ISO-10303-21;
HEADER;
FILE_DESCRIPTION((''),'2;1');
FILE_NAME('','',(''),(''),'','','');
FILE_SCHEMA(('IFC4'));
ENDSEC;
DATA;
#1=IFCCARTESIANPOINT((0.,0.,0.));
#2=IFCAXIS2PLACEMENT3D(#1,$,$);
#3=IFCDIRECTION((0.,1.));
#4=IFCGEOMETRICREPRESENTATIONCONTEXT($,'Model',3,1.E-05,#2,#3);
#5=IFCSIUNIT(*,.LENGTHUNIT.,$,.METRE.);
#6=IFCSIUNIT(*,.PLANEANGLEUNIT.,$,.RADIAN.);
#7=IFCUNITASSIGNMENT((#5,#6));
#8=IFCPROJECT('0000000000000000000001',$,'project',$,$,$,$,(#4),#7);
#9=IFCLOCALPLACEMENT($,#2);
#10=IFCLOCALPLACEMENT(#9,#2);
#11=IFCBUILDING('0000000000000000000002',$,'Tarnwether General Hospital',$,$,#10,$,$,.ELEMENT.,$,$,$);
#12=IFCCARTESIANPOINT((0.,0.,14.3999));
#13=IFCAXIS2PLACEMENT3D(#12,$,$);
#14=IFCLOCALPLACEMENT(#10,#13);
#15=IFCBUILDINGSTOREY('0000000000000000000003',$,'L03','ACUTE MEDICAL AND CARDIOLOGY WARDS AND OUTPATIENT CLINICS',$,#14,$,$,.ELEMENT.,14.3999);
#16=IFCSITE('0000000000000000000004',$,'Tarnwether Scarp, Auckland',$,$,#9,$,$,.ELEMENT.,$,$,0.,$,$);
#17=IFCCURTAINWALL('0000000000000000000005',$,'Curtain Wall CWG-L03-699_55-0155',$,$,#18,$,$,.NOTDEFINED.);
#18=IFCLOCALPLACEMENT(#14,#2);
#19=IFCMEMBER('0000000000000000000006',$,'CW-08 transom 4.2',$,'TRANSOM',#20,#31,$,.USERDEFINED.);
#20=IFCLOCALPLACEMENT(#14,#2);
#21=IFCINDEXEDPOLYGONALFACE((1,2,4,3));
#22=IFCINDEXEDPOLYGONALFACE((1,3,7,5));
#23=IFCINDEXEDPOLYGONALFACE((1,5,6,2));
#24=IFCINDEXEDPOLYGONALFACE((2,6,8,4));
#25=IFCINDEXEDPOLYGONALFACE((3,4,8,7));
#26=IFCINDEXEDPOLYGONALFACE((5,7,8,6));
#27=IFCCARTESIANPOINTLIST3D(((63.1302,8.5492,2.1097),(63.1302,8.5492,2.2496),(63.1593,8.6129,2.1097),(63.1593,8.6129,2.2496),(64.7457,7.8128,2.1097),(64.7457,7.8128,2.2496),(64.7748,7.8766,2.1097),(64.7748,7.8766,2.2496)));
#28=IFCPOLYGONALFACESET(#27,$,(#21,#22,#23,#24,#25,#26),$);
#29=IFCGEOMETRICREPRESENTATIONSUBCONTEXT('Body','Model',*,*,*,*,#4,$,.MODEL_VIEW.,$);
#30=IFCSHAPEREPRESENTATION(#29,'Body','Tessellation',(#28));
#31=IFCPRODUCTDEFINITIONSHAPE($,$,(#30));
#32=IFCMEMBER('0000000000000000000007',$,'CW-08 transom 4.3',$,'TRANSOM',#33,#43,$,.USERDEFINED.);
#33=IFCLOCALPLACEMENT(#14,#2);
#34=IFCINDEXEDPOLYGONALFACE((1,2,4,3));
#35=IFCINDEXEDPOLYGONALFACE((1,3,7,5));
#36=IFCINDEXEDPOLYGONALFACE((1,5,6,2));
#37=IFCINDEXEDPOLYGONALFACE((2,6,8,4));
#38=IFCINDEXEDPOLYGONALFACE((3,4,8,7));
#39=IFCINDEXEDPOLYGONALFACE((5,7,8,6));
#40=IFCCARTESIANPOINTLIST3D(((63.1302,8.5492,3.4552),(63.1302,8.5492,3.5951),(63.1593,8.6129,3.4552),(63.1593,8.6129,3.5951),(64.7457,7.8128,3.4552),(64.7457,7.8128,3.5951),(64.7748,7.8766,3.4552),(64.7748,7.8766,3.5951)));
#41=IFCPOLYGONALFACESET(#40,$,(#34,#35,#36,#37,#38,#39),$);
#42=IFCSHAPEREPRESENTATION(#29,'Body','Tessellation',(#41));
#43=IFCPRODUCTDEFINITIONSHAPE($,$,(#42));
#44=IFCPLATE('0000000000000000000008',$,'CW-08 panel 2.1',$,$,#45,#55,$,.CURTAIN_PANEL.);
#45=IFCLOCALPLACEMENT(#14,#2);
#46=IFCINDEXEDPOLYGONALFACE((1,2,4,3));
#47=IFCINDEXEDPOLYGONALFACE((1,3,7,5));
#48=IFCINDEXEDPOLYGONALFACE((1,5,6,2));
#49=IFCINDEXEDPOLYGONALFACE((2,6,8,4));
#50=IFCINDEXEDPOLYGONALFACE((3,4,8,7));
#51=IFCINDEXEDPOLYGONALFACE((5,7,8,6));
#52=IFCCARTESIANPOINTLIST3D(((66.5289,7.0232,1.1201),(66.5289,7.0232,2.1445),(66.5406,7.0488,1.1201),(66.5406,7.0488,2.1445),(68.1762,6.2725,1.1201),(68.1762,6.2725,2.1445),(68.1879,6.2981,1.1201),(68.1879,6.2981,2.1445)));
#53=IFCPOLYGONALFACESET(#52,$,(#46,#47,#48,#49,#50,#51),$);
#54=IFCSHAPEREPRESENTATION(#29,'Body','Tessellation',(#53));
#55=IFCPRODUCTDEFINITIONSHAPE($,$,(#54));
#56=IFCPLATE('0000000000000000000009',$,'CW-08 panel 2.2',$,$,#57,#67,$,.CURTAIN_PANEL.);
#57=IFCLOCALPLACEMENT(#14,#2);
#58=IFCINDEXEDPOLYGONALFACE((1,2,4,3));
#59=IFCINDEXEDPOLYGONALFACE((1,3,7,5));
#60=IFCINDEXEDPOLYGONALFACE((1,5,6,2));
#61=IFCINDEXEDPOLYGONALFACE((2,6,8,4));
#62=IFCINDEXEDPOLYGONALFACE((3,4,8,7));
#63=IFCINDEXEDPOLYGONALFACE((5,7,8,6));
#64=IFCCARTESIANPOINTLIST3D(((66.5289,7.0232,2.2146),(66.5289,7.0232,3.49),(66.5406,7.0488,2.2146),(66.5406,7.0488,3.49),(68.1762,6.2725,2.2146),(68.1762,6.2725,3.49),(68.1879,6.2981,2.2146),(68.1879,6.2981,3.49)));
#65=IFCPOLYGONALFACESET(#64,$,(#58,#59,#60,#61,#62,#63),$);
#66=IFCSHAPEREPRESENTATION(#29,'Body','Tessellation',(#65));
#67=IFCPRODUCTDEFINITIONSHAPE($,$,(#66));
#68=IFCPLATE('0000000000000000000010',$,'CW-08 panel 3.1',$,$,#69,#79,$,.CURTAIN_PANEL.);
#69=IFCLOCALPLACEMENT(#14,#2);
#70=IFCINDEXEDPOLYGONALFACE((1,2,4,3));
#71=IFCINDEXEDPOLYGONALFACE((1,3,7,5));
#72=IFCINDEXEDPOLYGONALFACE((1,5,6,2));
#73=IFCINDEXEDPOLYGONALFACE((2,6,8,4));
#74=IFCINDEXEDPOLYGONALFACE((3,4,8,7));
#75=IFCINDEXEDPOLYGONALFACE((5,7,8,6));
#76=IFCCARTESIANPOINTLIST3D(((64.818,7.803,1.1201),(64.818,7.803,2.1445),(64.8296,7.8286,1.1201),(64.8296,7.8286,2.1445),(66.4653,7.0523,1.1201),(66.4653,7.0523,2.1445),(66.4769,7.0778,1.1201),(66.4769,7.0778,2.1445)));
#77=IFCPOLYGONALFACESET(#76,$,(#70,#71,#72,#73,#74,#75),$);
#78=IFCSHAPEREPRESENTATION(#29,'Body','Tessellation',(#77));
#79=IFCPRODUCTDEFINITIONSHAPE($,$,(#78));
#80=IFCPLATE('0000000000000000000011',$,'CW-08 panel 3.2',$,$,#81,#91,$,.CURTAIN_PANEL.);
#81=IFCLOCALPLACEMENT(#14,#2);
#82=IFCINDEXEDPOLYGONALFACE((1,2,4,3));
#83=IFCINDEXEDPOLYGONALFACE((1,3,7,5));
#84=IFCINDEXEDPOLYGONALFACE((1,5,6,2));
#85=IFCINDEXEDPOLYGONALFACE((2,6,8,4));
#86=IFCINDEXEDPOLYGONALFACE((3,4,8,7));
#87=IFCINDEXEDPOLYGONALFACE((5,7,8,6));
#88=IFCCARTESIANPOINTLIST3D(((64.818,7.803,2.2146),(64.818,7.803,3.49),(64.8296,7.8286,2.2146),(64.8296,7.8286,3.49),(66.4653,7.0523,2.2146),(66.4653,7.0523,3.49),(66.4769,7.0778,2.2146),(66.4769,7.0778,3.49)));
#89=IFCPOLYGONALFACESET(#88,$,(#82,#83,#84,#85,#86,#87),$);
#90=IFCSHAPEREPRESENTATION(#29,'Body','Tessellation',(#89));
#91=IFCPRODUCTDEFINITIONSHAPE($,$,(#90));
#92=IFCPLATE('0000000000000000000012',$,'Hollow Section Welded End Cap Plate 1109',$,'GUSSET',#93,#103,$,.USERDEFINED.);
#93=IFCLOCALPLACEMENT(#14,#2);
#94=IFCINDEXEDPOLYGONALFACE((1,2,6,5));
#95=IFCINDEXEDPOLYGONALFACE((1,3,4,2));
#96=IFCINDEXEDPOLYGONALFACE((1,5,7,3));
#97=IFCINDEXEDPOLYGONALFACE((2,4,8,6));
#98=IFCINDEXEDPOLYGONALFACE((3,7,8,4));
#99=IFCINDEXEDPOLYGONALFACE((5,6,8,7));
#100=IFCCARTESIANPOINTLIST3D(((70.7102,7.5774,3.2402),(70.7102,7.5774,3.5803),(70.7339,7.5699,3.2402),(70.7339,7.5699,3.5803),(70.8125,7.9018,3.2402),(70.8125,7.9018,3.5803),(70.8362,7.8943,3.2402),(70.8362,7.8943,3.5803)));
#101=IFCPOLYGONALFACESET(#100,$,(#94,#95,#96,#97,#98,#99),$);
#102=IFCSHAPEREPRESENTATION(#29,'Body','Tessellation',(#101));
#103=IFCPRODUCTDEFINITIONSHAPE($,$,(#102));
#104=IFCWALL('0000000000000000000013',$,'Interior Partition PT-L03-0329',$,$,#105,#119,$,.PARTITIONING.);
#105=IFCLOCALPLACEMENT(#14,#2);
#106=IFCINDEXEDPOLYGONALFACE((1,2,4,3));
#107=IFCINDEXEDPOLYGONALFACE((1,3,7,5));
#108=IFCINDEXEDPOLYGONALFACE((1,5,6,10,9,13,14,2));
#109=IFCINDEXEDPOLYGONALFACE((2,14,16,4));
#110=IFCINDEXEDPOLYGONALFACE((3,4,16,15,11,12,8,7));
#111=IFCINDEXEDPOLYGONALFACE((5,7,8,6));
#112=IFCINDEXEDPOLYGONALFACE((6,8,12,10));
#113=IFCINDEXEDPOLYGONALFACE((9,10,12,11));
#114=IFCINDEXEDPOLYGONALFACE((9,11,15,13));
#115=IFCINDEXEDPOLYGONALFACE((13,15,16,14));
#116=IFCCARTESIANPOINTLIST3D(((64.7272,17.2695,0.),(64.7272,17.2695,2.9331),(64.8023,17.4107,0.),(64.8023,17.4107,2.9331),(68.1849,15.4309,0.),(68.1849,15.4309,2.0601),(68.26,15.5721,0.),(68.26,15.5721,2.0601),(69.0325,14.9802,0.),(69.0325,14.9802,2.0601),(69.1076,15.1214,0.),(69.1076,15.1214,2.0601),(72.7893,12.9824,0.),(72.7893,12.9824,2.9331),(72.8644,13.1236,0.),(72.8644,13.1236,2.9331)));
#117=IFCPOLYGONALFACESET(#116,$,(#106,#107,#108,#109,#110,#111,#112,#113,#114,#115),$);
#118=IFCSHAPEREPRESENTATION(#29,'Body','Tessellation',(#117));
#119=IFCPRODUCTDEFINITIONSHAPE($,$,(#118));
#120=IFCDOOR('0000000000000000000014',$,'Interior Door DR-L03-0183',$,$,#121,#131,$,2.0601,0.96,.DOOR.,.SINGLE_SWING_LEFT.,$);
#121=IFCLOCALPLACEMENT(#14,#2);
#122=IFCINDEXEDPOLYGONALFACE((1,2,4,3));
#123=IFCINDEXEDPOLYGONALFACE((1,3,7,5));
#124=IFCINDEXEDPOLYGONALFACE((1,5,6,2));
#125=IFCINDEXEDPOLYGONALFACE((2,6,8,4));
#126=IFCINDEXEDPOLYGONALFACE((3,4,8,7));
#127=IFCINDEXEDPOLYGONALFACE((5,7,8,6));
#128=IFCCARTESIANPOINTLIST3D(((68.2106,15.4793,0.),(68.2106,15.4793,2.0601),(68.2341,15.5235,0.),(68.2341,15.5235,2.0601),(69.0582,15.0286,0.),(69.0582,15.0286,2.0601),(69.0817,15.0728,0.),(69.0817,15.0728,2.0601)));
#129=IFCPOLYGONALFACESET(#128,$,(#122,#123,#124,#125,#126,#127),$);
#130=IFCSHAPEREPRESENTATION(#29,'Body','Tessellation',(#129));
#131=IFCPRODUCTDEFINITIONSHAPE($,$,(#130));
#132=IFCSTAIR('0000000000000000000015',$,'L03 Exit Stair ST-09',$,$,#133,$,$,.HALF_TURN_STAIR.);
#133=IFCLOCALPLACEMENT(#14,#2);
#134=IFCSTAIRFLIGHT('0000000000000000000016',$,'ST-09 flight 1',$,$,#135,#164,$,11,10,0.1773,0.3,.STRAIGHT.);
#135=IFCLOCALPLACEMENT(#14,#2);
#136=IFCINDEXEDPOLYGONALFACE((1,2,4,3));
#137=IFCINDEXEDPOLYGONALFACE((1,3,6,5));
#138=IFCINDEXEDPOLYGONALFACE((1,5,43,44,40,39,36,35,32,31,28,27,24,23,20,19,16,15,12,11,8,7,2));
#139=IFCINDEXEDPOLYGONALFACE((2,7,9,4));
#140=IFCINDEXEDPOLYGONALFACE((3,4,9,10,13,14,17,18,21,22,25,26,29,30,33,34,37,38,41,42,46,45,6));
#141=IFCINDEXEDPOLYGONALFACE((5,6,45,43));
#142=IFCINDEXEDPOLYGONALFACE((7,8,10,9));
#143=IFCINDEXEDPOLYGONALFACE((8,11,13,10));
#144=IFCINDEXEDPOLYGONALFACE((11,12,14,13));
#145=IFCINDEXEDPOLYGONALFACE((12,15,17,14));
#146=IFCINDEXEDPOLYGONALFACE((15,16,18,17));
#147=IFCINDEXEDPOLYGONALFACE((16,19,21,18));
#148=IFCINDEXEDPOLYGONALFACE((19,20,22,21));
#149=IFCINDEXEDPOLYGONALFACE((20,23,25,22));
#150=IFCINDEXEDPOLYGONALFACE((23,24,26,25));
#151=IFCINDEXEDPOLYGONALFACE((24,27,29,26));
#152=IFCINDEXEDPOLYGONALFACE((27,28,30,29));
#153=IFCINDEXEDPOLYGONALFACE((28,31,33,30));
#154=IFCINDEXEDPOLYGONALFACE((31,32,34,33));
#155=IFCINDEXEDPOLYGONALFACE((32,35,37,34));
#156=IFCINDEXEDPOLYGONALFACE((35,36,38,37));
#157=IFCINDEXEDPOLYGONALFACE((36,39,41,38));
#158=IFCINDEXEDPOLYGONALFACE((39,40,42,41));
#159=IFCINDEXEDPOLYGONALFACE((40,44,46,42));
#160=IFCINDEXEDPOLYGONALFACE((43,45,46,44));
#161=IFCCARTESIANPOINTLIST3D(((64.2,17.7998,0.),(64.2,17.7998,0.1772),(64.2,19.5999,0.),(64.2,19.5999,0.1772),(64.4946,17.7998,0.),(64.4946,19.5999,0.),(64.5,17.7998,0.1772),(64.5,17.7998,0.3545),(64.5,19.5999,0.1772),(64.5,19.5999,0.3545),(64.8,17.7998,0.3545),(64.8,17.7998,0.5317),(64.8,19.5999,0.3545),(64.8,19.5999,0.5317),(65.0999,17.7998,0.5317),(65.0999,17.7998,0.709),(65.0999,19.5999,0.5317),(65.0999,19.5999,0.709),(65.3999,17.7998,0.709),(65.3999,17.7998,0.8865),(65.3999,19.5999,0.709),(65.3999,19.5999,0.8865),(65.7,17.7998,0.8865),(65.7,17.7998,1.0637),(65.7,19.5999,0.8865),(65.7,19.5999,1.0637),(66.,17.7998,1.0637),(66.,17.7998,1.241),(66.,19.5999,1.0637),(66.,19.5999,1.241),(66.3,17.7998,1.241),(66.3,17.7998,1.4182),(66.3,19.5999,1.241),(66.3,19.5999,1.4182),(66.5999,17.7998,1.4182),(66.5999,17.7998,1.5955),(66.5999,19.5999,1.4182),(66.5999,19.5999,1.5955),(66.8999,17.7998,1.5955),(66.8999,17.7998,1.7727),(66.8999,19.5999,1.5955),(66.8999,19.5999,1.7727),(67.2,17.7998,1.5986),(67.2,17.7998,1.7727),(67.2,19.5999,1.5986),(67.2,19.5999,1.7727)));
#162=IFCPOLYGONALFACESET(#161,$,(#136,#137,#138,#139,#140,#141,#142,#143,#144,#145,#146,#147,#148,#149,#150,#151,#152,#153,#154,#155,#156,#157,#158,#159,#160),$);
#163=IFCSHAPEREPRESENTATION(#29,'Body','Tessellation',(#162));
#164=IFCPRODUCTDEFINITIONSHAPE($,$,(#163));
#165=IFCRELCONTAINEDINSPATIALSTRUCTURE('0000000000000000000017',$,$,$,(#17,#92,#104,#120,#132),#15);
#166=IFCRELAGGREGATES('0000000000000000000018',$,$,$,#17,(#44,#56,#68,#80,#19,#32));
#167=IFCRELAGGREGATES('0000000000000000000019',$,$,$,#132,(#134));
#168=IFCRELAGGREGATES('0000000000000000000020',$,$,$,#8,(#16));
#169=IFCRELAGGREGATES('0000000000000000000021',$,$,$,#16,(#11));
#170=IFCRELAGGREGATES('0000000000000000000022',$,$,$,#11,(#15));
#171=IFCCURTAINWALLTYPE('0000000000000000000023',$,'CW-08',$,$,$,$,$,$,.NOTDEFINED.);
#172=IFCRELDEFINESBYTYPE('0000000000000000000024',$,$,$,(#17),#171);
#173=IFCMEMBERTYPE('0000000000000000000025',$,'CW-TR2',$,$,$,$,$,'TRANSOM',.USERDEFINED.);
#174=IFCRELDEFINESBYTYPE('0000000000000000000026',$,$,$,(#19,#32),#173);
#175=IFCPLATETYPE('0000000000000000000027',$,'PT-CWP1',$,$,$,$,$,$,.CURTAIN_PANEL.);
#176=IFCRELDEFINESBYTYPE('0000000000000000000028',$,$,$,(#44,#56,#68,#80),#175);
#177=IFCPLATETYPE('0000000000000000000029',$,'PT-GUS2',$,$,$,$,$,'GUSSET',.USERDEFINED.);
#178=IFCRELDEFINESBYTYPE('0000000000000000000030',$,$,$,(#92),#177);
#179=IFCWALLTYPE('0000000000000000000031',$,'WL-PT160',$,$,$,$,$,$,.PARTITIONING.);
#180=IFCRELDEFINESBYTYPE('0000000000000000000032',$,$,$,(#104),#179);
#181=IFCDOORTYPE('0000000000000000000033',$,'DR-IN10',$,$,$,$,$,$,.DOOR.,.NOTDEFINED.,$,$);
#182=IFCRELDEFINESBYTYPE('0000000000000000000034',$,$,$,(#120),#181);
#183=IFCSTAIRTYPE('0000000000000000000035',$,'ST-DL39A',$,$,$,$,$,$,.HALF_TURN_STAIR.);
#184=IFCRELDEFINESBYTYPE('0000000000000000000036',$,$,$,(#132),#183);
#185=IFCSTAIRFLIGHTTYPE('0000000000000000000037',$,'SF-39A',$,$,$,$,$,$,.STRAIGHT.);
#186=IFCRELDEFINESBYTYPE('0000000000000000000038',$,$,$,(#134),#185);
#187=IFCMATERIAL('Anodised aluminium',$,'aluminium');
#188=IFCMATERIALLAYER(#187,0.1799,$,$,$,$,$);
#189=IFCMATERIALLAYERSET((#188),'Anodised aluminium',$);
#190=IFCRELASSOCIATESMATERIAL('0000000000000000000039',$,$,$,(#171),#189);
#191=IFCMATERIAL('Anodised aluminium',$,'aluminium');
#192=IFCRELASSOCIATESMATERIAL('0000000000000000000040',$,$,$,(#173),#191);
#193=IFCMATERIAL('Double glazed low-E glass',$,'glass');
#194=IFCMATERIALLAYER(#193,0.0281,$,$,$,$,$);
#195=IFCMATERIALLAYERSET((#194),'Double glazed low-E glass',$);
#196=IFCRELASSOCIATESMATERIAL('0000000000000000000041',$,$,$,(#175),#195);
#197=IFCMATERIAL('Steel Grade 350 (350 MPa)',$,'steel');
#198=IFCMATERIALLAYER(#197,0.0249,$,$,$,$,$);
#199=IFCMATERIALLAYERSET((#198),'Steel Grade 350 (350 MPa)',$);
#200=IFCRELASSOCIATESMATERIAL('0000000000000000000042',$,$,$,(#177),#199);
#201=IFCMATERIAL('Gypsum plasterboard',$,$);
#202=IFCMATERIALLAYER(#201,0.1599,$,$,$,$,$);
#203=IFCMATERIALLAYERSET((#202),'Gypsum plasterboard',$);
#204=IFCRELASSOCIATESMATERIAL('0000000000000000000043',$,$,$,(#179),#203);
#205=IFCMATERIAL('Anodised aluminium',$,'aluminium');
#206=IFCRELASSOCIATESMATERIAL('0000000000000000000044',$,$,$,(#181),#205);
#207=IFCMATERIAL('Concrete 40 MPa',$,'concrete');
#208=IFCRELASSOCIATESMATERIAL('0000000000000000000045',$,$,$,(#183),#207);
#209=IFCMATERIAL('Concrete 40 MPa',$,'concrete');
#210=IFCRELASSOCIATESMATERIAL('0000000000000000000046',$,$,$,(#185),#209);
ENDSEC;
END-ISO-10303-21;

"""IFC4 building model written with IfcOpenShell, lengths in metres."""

from ifc_helpers import new_model, si_unit, direction, frame, frame_2d, origin, origin_2d, place, context, subcontext, project, spatial, polyline, rectangle, outline, extrude, material, layer, layer_set, material_profile, profile_set, type_object, element, fill, aggregate, save


model = new_model("IFC4")

# Units and contexts
model_context = context("Model", 3, precision=1e-05, world=origin(), true_north=direction((0.0, 1.0)))
body_context = subcontext(model_context, "Body", "Model", "MODEL_VIEW")
ifc_project = project(units=[si_unit("LENGTHUNIT", "METRE"), si_unit("PLANEANGLEUNIT", "RADIAN")], contexts=[model_context])

# Site, building, storey
site_placement = place(None, origin())
site = spatial("IfcSite", under=ifc_project, at=site_placement, Name="Tarnwether Scarp, Auckland", CompositionType="ELEMENT", RefElevation=0.0)
building_placement = place(site_placement, origin())
building = spatial("IfcBuilding", under=site, at=building_placement, Name="Tarnwether General Hospital", CompositionType="ELEMENT")
storey_placement = place(building_placement, frame((0.0, 0.0, 14.3999)))
storey = spatial("IfcBuildingStorey", under=building, at=storey_placement, Name="L03", Description="ACUTE MEDICAL AND CARDIOLOGY WARDS AND OUTPATIENT CLINICS", CompositionType="ELEMENT", Elevation=14.3999)

# Curtain wall, members, plates
ifc_material_1 = material(Name="Anodised aluminium", Category="aluminium")
ifc_layer_1 = layer(ifc_material_1, 0.1799)
ifc_layer_set_1 = layer_set([ifc_layer_1], Name="Anodised aluminium")
curtain_wall_type = type_object("IfcCurtainWallType", Name="CW-08", PredefinedType="NOTDEFINED", material=ifc_layer_set_1)
curtain_wall_placement = place(storey_placement, origin())
curtain_wall = element("IfcCurtainWall", 1, at=curtain_wall_placement, inside=storey, type_object=curtain_wall_type, Name="Curtain Wall CWG-L03-699_55-0155", PredefinedType="NOTDEFINED")
ifc_material_2 = material(Name="Anodised aluminium", Category="aluminium")
ifc_material_profile_1 = material_profile(ifc_material_2, rectangle(XDim=0.0701, YDim=0.1399, at=origin_2d()), Name="ALU-TRN-70x140")
ifc_profile_set_1 = profile_set([ifc_material_profile_1], Name="Anodised aluminium")
member_type_1 = type_object("IfcMemberType", Name="CW-TR2", ElementType="TRANSOM", PredefinedType="USERDEFINED", material=ifc_profile_set_1)
member_1_placement = place(storey_placement, frame((64.7603, 7.8447, 2.1797), z_axis=(-0.909937, 0.414746, 0.0), x_axis=(-0.414746, -0.909937, 0.0)))
member_1 = element("IfcMember", 2, at=member_1_placement, type_object=member_type_1, Name="CW-08 transom 4.2", ObjectType="TRANSOM", PredefinedType="USERDEFINED", context=body_context, shape_type="SweptSolid", body=[
    extrude(rectangle(XDim=0.0701, YDim=0.1399, at=origin_2d()), origin(), (0.0, 0.0, 1.0), 1.7754),
])
member_2_placement = place(storey_placement, frame((64.7603, 7.8447, 3.5251), z_axis=(-0.909937, 0.414746, 0.0), x_axis=(-0.414746, -0.909937, 0.0)))
member_2 = element("IfcMember", 3, at=member_2_placement, type_object=member_type_1, Name="CW-08 transom 4.3", ObjectType="TRANSOM", PredefinedType="USERDEFINED", context=body_context, shape_type="SweptSolid", body=[
    extrude(rectangle(XDim=0.0701, YDim=0.1399, at=origin_2d()), origin(), (0.0, 0.0, 1.0), 1.7754),
])
ifc_material_3 = material(Name="Double glazed low-E glass", Category="glass")
ifc_layer_2 = layer(ifc_material_3, 0.0281)
ifc_layer_set_2 = layer_set([ifc_layer_2], Name="Double glazed low-E glass")
plate_type_1 = type_object("IfcPlateType", Name="PT-CWP1", PredefinedType="CURTAIN_PANEL", material=ifc_layer_set_2)
plate_1_placement = place(storey_placement, frame((67.3584, 6.6606, 1.1201), z_axis=(0.0, 0.0, 1.0), x_axis=(-0.909961, 0.414694, 0.0)))
plate_1 = element("IfcPlate", 4, at=plate_1_placement, type_object=plate_type_1, Name="CW-08 panel 2.1", PredefinedType="CURTAIN_PANEL", context=body_context, shape_type="SweptSolid", body=[
    extrude(rectangle(XDim=1.8103, YDim=0.0281, at=origin_2d()), origin(), (0.0, 0.0, 1.0), 1.0244),
])
plate_2_placement = place(storey_placement, frame((67.3584, 6.6606, 2.2146), z_axis=(0.0, 0.0, 1.0), x_axis=(-0.909961, 0.414694, 0.0)))
plate_2 = element("IfcPlate", 5, at=plate_2_placement, type_object=plate_type_1, Name="CW-08 panel 2.2", PredefinedType="CURTAIN_PANEL", context=body_context, shape_type="SweptSolid", body=[
    extrude(rectangle(XDim=1.8103, YDim=0.0281, at=origin_2d()), origin(), (0.0, 0.0, 1.0), 1.2754),
])
plate_3_placement = place(storey_placement, frame((65.6475, 7.4404, 1.1201), z_axis=(0.0, 0.0, 1.0), x_axis=(-0.909961, 0.414694, 0.0)))
plate_3 = element("IfcPlate", 6, at=plate_3_placement, type_object=plate_type_1, Name="CW-08 panel 3.1", PredefinedType="CURTAIN_PANEL", context=body_context, shape_type="SweptSolid", body=[
    extrude(rectangle(XDim=1.8103, YDim=0.0281, at=origin_2d()), origin(), (0.0, 0.0, 1.0), 1.0244),
])
plate_4_placement = place(storey_placement, frame((65.6475, 7.4404, 2.2146), z_axis=(0.0, 0.0, 1.0), x_axis=(-0.909961, 0.414694, 0.0)))
plate_4 = element("IfcPlate", 7, at=plate_4_placement, type_object=plate_type_1, Name="CW-08 panel 3.2", PredefinedType="CURTAIN_PANEL", context=body_context, shape_type="SweptSolid", body=[
    extrude(rectangle(XDim=1.8103, YDim=0.0281, at=origin_2d()), origin(), (0.0, 0.0, 1.0), 1.2754),
])
aggregate(curtain_wall, [plate_1, plate_2, plate_3, plate_4, member_1, member_2])

# Plate
ifc_material_4 = material(Name="Steel Grade 350 (350 MPa)", Category="steel")
ifc_layer_3 = layer(ifc_material_4, 0.0249)
ifc_layer_set_3 = layer_set([ifc_layer_3], Name="Steel Grade 350 (350 MPa)")
plate_type_2 = type_object("IfcPlateType", Name="PT-GUS2", ElementType="GUSSET", PredefinedType="USERDEFINED", material=ifc_layer_set_3)
plate_5_placement = place(storey_placement, frame((70.7732, 7.7358, 3.2402), z_axis=(0.0, 0.0, 1.0), x_axis=(0.953691, -0.300789, 0.0)))
element("IfcPlate", 8, at=plate_5_placement, inside=storey, type_object=plate_type_2, Name="Hollow Section Welded End Cap Plate 1109", ObjectType="GUSSET", PredefinedType="USERDEFINED", context=body_context, shape_type="SweptSolid", body=[
    extrude(rectangle(XDim=0.0249, YDim=0.3401, at=origin_2d()), origin(), (0.0, 0.0, 1.0), 0.3401),
])

# Wall, opening, door
ifc_material_5 = material(Name="Gypsum plasterboard")
ifc_layer_4 = layer(ifc_material_5, 0.1599)
ifc_layer_set_4 = layer_set([ifc_layer_4], Name="Gypsum plasterboard")
wall_type = type_object("IfcWallType", Name="WL-PT160", PredefinedType="PARTITIONING", material=ifc_layer_set_4)
wall_placement = place(storey_placement, frame((64.7649, 17.3401, 0.0), z_axis=(0.0, 0.0, 1.0), x_axis=(0.882927, -0.469511, 0.0)))
wall = element("IfcWall", 9, at=wall_placement, inside=storey, type_object=wall_type, Name="Interior Partition PT-L03-0329", PredefinedType="PARTITIONING", context=body_context, shape_type="SweptSolid", body=[
    extrude(rectangle(XDim=9.1311, YDim=0.1599, at=frame_2d((4.5654, 0.0))), origin(), (0.0, 0.0, 1.0), 2.9331),
])
opening_placement = place(wall_placement, frame((3.916, 0.0, 0.0)))
opening = element("IfcOpeningElement", 10, at=opening_placement, cuts=wall, PredefinedType="OPENING", context=body_context, shape_type="SweptSolid", body=[
    extrude(rectangle(XDim=0.96, YDim=2.0601, at=frame_2d((0.48, 1.03))), frame((0.0, 0.0898, 0.0), z_axis=(0.0, -1.0, 0.0), x_axis=(1.0, 0.0, 0.0)), (0.0, 0.0, 1.0), 0.1799),
])
ifc_material_6 = material(Name="Anodised aluminium", Category="aluminium")
door_type = type_object("IfcDoorType", Name="DR-IN10", OperationType="NOTDEFINED", PredefinedType="DOOR", material=ifc_material_6)
door_placement = place(opening_placement, origin())
door = element("IfcDoor", 11, at=door_placement, inside=storey, type_object=door_type, Name="Interior Door DR-L03-0183", OperationType="SINGLE_SWING_LEFT", OverallHeight=2.0601, OverallWidth=0.96, PredefinedType="DOOR", context=body_context, shape_type="SweptSolid", body=[
    extrude(rectangle(XDim=0.96, YDim=2.0601, at=frame_2d((0.48, 1.03))), frame((0.0, 0.0249, 0.0), z_axis=(0.0, -1.0, 0.0), x_axis=(1.0, 0.0, 0.0)), (0.0, 0.0, 1.0), 0.05),
])
fill(opening, door)

# Stair, stair flight
ifc_material_7 = material(Name="Concrete 40 MPa", Category="concrete")
stair_type = type_object("IfcStairType", Name="ST-DL39A", PredefinedType="HALF_TURN_STAIR", material=ifc_material_7)
stair_placement = place(storey_placement, origin())
stair = element("IfcStair", 12, at=stair_placement, inside=storey, type_object=stair_type, Name="L03 Exit Stair ST-09", PredefinedType="HALF_TURN_STAIR")
ifc_material_8 = material(Name="Concrete 40 MPa", Category="concrete")
stair_flight_type = type_object("IfcStairFlightType", Name="SF-39A", PredefinedType="STRAIGHT", material=ifc_material_8)
stair_flight_1_placement = place(storey_placement, frame((64.2, 18.7, 0.0), z_axis=(0.0, 0.0, 1.0), x_axis=(1.0, 0.0, 0.0)))
stair_flight_1 = element("IfcStairFlight", 13, at=stair_flight_1_placement, type_object=stair_flight_type, Name="ST-09 flight 1", NumberOfRisers=11, NumberOfTreads=10, PredefinedType="STRAIGHT", RiserHeight=0.1773, TreadLength=0.3, context=body_context, shape_type="SweptSolid", body=[
    extrude(outline(polyline([(0.0, 0.0), (0.0, 0.1772), (0.3, 0.1772), (0.3, 0.3545), (0.6001, 0.3545), (0.6001, 0.5317), (0.8999, 0.5317), (0.8999, 0.709), (1.2, 0.709), (1.2, 0.8865), (1.5, 0.8865), (1.5, 1.0637), (1.8, 1.0637), (1.8, 1.241), (2.1001, 1.241), (2.1001, 1.4182), (2.3999, 1.4182), (2.3999, 1.5955), (2.7, 1.5955), (2.7, 1.7727), (3.0, 1.7727), (3.0, 1.95), (3.0, 1.5986), (0.2947, 0.0), (0.0, 0.0)])), frame((0.0, 0.8999, 0.0), z_axis=(0.0, -1.0, 0.0), x_axis=(1.0, 0.0, 0.0)), (0.0, 0.0, 1.0), 1.8),
])
aggregate(stair, [stair_flight_1])

save(model, "model.ifc")
